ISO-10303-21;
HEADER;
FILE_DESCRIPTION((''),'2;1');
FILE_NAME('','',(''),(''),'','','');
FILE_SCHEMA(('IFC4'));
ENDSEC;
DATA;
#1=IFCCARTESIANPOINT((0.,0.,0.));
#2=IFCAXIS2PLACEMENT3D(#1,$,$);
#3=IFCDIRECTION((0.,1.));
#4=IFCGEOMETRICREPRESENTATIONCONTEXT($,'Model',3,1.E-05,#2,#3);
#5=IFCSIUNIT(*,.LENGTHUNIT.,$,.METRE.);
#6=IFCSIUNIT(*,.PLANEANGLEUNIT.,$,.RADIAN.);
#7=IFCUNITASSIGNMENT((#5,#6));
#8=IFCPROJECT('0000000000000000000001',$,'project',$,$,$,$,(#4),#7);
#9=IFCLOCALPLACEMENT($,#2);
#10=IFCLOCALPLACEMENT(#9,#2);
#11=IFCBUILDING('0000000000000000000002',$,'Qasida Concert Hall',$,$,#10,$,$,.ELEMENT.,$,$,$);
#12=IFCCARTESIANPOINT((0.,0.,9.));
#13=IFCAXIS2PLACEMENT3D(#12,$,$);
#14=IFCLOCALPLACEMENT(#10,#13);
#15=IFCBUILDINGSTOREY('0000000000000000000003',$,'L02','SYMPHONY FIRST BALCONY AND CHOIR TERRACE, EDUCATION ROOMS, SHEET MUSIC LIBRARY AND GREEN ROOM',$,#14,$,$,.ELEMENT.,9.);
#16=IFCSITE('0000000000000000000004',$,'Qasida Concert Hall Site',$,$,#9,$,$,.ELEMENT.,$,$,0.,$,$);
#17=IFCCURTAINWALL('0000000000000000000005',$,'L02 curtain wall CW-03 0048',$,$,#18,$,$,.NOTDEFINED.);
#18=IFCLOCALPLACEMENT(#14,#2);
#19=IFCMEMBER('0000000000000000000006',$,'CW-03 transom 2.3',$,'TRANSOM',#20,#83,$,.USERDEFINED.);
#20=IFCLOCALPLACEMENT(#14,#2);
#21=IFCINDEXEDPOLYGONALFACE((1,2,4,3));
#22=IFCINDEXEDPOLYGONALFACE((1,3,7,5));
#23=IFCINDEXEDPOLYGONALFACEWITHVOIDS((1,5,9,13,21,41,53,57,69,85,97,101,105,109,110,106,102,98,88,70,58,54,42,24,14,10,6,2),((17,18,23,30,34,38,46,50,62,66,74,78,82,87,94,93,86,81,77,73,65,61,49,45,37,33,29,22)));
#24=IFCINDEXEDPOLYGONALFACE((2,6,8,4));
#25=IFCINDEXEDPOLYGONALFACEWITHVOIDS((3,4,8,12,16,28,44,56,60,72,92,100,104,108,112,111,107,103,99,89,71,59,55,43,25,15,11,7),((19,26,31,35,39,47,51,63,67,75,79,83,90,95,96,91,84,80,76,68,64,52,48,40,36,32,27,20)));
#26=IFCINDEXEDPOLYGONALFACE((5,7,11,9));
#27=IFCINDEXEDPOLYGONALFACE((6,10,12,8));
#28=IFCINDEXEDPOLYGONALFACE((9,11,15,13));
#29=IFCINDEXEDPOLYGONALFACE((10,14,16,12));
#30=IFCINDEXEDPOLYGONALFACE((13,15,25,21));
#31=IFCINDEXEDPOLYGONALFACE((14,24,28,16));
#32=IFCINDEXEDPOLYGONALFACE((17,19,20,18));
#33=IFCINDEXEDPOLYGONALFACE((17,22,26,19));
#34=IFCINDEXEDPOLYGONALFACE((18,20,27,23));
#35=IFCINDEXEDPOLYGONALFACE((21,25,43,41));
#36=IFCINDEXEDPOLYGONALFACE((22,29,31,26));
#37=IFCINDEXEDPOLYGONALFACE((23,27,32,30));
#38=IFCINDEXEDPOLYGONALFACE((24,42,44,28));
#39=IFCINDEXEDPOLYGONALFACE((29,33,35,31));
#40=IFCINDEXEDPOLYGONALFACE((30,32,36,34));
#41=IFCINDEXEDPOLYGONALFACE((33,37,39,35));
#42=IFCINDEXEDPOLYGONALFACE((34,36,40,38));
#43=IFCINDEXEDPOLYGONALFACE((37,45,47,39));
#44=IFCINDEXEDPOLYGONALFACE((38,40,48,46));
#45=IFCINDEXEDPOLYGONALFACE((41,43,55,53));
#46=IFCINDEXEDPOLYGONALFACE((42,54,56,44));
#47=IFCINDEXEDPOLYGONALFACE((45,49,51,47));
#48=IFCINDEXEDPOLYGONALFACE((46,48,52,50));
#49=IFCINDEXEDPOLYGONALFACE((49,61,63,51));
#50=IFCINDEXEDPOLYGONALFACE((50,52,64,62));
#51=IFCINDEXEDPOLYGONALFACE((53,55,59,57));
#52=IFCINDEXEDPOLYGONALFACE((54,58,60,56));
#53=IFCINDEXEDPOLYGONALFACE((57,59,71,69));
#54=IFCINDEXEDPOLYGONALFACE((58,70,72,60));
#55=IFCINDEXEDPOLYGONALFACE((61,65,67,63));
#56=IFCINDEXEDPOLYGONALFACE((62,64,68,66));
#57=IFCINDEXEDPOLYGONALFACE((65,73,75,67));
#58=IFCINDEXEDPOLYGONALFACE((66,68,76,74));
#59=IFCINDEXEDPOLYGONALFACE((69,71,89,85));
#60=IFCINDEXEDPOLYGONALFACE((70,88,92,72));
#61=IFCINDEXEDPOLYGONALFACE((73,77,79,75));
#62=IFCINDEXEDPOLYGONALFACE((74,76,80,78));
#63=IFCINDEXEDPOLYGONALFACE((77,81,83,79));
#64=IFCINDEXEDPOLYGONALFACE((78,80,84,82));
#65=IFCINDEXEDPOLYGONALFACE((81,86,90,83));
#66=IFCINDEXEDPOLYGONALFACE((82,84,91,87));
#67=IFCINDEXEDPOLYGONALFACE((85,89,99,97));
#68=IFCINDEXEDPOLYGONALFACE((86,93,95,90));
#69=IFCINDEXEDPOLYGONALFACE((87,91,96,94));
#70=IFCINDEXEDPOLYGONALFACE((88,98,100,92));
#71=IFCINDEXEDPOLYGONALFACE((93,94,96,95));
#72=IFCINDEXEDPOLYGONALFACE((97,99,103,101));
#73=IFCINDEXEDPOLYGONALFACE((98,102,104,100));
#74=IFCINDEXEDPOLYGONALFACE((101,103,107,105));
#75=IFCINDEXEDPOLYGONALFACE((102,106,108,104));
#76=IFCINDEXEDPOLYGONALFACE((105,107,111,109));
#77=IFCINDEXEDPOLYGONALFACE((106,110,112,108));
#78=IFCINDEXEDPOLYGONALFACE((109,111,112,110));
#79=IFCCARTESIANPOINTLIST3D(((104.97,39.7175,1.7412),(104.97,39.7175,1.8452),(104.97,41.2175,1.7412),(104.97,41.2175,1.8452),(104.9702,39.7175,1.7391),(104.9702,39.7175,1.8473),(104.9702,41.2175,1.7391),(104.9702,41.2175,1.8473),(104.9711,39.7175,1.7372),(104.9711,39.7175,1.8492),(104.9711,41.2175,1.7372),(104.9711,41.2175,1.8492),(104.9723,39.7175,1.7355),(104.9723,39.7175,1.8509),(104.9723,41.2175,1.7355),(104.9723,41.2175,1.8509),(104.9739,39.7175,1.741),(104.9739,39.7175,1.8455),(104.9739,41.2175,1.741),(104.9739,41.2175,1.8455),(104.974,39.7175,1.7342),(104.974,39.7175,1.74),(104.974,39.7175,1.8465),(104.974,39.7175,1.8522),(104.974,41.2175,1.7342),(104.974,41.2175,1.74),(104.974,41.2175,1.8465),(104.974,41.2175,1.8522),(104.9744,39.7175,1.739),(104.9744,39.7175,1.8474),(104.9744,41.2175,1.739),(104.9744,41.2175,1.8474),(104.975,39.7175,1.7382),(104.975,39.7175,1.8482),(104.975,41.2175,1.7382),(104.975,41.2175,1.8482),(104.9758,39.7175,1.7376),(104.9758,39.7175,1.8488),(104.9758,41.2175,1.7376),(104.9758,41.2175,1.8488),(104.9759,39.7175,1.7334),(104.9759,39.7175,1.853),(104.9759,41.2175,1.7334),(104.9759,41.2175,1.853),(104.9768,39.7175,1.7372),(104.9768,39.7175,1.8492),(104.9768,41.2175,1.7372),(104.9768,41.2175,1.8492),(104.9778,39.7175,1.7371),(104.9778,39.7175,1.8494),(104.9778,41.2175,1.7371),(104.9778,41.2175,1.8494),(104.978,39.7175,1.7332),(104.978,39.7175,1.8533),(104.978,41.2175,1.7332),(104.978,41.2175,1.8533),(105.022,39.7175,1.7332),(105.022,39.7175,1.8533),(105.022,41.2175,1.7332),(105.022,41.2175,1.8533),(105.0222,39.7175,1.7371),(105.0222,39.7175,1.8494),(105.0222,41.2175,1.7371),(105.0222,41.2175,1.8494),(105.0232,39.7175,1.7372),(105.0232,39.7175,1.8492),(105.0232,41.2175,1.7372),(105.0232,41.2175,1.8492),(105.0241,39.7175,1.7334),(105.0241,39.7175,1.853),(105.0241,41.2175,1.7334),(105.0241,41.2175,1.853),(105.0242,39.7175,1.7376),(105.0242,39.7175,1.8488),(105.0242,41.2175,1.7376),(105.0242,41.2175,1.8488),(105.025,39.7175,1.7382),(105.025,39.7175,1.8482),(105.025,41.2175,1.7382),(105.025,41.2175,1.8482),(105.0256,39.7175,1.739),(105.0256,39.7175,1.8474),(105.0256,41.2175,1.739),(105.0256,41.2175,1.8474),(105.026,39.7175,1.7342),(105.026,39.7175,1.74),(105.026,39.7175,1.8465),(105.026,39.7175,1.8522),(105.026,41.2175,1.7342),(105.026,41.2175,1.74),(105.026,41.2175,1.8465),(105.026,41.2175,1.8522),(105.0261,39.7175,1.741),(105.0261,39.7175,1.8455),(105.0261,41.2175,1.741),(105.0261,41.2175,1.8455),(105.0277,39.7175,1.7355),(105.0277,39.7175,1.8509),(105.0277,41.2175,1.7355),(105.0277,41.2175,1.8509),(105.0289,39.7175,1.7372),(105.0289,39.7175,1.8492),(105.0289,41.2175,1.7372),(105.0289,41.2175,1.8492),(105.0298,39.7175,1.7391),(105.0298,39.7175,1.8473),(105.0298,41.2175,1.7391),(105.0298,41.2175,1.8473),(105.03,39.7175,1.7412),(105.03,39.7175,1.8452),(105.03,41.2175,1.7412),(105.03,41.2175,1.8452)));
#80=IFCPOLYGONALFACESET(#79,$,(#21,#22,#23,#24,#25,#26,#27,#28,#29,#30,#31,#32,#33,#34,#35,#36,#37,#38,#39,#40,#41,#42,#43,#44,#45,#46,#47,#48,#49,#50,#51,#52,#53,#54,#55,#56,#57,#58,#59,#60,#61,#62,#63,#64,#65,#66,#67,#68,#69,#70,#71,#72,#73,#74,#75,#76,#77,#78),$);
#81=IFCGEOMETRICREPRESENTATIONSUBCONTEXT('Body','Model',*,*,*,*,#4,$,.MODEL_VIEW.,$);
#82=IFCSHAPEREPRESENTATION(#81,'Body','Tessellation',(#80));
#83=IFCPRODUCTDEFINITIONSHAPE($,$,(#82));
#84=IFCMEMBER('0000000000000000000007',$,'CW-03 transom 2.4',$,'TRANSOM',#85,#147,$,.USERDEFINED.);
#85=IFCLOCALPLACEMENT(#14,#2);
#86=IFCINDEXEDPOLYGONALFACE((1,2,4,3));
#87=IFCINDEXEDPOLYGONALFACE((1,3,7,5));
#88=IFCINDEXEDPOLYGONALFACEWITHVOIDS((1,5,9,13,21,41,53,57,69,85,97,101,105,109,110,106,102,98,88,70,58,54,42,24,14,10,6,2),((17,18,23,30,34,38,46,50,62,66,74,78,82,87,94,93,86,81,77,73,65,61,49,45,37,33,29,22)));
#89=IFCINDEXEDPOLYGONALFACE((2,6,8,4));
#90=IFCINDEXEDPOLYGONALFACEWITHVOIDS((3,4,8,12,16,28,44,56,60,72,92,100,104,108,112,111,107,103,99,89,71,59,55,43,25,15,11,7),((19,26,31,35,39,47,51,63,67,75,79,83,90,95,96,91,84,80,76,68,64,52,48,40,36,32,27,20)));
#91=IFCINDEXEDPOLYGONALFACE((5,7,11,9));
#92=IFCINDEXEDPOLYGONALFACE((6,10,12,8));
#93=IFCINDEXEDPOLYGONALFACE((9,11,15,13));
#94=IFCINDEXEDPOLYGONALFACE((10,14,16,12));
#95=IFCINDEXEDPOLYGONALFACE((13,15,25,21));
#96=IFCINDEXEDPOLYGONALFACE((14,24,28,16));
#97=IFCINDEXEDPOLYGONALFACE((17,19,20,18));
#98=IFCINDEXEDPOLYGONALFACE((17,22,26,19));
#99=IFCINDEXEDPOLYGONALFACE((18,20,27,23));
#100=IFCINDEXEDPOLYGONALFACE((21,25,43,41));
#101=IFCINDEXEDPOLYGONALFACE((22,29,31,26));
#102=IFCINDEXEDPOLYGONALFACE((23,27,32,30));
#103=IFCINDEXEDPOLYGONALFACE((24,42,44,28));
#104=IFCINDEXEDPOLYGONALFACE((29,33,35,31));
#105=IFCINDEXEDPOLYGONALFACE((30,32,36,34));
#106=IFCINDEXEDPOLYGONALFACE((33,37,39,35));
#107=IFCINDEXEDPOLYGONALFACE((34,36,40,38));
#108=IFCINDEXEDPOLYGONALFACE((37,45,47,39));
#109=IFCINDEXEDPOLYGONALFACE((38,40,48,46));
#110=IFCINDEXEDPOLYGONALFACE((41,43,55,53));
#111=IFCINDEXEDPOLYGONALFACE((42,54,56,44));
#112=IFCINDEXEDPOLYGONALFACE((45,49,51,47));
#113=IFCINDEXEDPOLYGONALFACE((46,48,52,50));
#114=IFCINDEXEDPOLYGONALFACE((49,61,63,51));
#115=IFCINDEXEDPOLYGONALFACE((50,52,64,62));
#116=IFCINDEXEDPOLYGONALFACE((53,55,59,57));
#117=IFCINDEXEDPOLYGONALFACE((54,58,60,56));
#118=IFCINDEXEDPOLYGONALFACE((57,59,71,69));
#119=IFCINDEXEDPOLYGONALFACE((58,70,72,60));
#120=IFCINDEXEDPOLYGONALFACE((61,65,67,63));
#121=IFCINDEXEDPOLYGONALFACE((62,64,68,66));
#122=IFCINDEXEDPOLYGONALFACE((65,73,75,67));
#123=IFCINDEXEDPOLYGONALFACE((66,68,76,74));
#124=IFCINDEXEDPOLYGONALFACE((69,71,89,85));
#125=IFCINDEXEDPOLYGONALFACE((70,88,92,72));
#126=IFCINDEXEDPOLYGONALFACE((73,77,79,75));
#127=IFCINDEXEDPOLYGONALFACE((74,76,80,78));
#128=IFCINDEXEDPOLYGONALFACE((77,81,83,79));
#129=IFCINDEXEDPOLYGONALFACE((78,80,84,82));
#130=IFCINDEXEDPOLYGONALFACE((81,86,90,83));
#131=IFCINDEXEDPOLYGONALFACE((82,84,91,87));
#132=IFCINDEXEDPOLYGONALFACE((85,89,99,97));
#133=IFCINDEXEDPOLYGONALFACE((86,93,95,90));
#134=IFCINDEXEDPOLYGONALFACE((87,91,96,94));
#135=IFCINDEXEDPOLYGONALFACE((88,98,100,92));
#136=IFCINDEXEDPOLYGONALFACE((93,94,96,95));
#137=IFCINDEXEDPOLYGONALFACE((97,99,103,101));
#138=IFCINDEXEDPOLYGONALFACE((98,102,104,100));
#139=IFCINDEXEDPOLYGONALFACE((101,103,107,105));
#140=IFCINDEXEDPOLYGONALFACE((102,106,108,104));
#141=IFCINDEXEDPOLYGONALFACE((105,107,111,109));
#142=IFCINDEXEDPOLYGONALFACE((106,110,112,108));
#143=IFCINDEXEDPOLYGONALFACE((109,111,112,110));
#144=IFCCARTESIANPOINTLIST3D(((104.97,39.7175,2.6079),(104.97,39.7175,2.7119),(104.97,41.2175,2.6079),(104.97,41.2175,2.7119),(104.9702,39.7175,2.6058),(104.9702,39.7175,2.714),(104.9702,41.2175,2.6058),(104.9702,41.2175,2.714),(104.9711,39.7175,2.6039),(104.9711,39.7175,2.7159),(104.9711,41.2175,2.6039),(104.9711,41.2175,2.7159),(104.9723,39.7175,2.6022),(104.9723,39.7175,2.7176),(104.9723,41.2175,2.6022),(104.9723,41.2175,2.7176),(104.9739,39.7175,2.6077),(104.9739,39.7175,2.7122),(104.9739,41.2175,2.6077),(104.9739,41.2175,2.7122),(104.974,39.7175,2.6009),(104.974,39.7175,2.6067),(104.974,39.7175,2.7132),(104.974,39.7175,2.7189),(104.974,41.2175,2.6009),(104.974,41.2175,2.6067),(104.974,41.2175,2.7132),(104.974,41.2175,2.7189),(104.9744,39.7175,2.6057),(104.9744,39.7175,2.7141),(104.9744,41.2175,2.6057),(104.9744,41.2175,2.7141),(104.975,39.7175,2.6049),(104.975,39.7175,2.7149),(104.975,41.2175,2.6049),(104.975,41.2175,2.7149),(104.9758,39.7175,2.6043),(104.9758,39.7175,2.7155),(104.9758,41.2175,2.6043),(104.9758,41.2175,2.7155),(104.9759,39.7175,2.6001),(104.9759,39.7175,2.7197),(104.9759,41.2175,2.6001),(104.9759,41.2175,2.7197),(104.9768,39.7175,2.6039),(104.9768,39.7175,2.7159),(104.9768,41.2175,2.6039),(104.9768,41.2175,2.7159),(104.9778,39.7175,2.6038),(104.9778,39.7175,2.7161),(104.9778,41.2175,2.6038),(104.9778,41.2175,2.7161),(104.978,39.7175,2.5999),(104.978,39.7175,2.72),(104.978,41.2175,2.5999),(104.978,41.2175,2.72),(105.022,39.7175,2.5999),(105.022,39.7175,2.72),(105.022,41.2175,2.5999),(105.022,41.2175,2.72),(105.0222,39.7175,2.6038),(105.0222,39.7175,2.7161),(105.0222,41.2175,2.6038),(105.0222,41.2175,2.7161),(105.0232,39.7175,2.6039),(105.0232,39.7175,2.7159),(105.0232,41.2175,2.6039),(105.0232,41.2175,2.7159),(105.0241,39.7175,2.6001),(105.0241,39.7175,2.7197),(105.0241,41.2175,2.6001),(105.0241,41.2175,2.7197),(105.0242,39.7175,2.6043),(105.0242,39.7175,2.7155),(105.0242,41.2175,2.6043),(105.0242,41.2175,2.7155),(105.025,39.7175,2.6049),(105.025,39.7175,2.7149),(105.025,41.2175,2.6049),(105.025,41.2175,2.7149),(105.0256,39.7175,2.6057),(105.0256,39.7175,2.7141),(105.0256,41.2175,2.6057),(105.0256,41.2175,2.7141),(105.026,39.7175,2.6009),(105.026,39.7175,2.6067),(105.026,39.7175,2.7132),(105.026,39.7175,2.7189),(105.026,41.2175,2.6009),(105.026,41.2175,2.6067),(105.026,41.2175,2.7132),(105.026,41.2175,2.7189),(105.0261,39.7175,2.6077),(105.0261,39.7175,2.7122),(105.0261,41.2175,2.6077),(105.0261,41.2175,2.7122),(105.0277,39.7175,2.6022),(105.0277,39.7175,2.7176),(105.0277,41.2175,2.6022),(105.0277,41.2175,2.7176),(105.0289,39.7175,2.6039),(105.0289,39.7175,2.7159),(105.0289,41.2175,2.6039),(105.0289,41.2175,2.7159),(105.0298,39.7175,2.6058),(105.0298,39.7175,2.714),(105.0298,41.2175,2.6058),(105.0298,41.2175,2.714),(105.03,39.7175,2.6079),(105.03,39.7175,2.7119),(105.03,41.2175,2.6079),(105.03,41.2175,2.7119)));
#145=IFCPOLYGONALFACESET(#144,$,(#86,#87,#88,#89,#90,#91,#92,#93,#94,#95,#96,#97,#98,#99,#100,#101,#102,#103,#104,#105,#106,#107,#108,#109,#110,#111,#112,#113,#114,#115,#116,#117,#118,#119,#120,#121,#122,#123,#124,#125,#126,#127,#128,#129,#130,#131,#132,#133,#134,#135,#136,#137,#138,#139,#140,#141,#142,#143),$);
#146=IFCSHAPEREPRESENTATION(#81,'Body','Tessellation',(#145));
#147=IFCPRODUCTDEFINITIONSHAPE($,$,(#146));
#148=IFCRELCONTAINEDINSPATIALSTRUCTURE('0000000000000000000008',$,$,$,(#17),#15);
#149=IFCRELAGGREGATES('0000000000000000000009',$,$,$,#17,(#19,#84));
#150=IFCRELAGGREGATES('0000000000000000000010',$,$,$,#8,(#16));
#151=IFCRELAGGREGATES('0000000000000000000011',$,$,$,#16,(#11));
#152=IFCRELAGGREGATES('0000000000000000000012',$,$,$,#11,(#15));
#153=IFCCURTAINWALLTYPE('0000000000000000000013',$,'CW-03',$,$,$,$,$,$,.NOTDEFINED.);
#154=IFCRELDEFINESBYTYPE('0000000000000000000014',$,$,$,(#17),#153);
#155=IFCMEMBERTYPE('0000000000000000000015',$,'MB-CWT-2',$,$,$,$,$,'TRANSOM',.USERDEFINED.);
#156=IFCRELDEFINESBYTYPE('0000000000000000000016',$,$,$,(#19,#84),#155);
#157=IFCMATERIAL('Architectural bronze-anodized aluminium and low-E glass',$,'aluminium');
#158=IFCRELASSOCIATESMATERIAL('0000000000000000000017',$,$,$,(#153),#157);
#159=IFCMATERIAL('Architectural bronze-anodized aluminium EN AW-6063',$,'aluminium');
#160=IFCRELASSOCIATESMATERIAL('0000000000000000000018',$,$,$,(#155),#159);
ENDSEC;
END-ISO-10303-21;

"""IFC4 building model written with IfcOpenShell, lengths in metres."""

from ifc_helpers import new_model, si_unit, direction, frame, origin, origin_2d, place, context, subcontext, project, spatial, hollow_rectangle, extrude, material, material_profile, profile_set, type_object, element, aggregate, save


model = new_model("IFC4")

# Units and contexts
model_context = context("Model", 3, precision=1e-05, world=origin(), true_north=direction((0.0, 1.0)))
body_context = subcontext(model_context, "Body", "Model", "MODEL_VIEW")
ifc_project = project(units=[si_unit("LENGTHUNIT", "METRE"), si_unit("PLANEANGLEUNIT", "RADIAN")], contexts=[model_context])

# Site, building, storey
site_placement = place(None, origin())
site = spatial("IfcSite", under=ifc_project, at=site_placement, Name="Qasida Concert Hall Site", CompositionType="ELEMENT", RefElevation=0.0)
building_placement = place(site_placement, origin())
building = spatial("IfcBuilding", under=site, at=building_placement, Name="Qasida Concert Hall", CompositionType="ELEMENT")
storey_placement = place(building_placement, frame((0.0, 0.0, 9.0)))
storey = spatial("IfcBuildingStorey", under=building, at=storey_placement, Name="L02", Description="SYMPHONY FIRST BALCONY AND CHOIR TERRACE, EDUCATION ROOMS, SHEET MUSIC LIBRARY AND GREEN ROOM", CompositionType="ELEMENT", Elevation=9.0)

# Curtain wall, members
ifc_material_1 = material(Name="Architectural bronze-anodized aluminium and low-E glass", Category="aluminium")
curtain_wall_type = type_object("IfcCurtainWallType", Name="CW-03", PredefinedType="NOTDEFINED", material=ifc_material_1)
curtain_wall_placement = place(storey_placement, origin())
curtain_wall = element("IfcCurtainWall", 1, at=curtain_wall_placement, inside=storey, type_object=curtain_wall_type, Name="L02 curtain wall CW-03 0048", PredefinedType="NOTDEFINED")
ifc_material_2 = material(Name="Architectural bronze-anodized aluminium EN AW-6063", Category="aluminium")
ifc_material_profile_1 = material_profile(ifc_material_2, hollow_rectangle(XDim=0.0601, YDim=0.1201, WallThickness=0.0039, InnerFilletRadius=0.0039, OuterFilletRadius=0.0081, at=origin_2d()), Name="CWT 120x60x4")
ifc_profile_set_1 = profile_set([ifc_material_profile_1], Name="Architectural bronze-anodized aluminium EN AW-6063")
member_type_1 = type_object("IfcMemberType", Name="MB-CWT-2", ElementType="TRANSOM", PredefinedType="USERDEFINED", material=ifc_profile_set_1)
member_1_placement = place(storey_placement, frame((105.0, 39.7175, 1.7932), z_axis=(0.0, 1.0, 0.0), x_axis=(-1.0, 0.0, 0.0)))
member_1 = element("IfcMember", 2, at=member_1_placement, type_object=member_type_1, Name="CW-03 transom 2.3", ObjectType="TRANSOM", PredefinedType="USERDEFINED", context=body_context, shape_type="SweptSolid", body=[
    extrude(hollow_rectangle(XDim=0.0601, YDim=0.1201, WallThickness=0.0039, InnerFilletRadius=0.0039, OuterFilletRadius=0.0081, at=origin_2d()), origin(), (0.0, 0.0, 1.0), 1.5),
])
member_2_placement = place(storey_placement, frame((105.0, 39.7175, 2.6599), z_axis=(0.0, 1.0, 0.0), x_axis=(-1.0, 0.0, 0.0)))
member_2 = element("IfcMember", 3, at=member_2_placement, type_object=member_type_1, Name="CW-03 transom 2.4", ObjectType="TRANSOM", PredefinedType="USERDEFINED", context=body_context, shape_type="SweptSolid", body=[
    extrude(hollow_rectangle(XDim=0.0601, YDim=0.1201, WallThickness=0.0039, InnerFilletRadius=0.0039, OuterFilletRadius=0.0081, at=origin_2d()), origin(), (0.0, 0.0, 1.0), 1.5),
])
aggregate(curtain_wall, [member_1, member_2])

save(model, "model.ifc")
